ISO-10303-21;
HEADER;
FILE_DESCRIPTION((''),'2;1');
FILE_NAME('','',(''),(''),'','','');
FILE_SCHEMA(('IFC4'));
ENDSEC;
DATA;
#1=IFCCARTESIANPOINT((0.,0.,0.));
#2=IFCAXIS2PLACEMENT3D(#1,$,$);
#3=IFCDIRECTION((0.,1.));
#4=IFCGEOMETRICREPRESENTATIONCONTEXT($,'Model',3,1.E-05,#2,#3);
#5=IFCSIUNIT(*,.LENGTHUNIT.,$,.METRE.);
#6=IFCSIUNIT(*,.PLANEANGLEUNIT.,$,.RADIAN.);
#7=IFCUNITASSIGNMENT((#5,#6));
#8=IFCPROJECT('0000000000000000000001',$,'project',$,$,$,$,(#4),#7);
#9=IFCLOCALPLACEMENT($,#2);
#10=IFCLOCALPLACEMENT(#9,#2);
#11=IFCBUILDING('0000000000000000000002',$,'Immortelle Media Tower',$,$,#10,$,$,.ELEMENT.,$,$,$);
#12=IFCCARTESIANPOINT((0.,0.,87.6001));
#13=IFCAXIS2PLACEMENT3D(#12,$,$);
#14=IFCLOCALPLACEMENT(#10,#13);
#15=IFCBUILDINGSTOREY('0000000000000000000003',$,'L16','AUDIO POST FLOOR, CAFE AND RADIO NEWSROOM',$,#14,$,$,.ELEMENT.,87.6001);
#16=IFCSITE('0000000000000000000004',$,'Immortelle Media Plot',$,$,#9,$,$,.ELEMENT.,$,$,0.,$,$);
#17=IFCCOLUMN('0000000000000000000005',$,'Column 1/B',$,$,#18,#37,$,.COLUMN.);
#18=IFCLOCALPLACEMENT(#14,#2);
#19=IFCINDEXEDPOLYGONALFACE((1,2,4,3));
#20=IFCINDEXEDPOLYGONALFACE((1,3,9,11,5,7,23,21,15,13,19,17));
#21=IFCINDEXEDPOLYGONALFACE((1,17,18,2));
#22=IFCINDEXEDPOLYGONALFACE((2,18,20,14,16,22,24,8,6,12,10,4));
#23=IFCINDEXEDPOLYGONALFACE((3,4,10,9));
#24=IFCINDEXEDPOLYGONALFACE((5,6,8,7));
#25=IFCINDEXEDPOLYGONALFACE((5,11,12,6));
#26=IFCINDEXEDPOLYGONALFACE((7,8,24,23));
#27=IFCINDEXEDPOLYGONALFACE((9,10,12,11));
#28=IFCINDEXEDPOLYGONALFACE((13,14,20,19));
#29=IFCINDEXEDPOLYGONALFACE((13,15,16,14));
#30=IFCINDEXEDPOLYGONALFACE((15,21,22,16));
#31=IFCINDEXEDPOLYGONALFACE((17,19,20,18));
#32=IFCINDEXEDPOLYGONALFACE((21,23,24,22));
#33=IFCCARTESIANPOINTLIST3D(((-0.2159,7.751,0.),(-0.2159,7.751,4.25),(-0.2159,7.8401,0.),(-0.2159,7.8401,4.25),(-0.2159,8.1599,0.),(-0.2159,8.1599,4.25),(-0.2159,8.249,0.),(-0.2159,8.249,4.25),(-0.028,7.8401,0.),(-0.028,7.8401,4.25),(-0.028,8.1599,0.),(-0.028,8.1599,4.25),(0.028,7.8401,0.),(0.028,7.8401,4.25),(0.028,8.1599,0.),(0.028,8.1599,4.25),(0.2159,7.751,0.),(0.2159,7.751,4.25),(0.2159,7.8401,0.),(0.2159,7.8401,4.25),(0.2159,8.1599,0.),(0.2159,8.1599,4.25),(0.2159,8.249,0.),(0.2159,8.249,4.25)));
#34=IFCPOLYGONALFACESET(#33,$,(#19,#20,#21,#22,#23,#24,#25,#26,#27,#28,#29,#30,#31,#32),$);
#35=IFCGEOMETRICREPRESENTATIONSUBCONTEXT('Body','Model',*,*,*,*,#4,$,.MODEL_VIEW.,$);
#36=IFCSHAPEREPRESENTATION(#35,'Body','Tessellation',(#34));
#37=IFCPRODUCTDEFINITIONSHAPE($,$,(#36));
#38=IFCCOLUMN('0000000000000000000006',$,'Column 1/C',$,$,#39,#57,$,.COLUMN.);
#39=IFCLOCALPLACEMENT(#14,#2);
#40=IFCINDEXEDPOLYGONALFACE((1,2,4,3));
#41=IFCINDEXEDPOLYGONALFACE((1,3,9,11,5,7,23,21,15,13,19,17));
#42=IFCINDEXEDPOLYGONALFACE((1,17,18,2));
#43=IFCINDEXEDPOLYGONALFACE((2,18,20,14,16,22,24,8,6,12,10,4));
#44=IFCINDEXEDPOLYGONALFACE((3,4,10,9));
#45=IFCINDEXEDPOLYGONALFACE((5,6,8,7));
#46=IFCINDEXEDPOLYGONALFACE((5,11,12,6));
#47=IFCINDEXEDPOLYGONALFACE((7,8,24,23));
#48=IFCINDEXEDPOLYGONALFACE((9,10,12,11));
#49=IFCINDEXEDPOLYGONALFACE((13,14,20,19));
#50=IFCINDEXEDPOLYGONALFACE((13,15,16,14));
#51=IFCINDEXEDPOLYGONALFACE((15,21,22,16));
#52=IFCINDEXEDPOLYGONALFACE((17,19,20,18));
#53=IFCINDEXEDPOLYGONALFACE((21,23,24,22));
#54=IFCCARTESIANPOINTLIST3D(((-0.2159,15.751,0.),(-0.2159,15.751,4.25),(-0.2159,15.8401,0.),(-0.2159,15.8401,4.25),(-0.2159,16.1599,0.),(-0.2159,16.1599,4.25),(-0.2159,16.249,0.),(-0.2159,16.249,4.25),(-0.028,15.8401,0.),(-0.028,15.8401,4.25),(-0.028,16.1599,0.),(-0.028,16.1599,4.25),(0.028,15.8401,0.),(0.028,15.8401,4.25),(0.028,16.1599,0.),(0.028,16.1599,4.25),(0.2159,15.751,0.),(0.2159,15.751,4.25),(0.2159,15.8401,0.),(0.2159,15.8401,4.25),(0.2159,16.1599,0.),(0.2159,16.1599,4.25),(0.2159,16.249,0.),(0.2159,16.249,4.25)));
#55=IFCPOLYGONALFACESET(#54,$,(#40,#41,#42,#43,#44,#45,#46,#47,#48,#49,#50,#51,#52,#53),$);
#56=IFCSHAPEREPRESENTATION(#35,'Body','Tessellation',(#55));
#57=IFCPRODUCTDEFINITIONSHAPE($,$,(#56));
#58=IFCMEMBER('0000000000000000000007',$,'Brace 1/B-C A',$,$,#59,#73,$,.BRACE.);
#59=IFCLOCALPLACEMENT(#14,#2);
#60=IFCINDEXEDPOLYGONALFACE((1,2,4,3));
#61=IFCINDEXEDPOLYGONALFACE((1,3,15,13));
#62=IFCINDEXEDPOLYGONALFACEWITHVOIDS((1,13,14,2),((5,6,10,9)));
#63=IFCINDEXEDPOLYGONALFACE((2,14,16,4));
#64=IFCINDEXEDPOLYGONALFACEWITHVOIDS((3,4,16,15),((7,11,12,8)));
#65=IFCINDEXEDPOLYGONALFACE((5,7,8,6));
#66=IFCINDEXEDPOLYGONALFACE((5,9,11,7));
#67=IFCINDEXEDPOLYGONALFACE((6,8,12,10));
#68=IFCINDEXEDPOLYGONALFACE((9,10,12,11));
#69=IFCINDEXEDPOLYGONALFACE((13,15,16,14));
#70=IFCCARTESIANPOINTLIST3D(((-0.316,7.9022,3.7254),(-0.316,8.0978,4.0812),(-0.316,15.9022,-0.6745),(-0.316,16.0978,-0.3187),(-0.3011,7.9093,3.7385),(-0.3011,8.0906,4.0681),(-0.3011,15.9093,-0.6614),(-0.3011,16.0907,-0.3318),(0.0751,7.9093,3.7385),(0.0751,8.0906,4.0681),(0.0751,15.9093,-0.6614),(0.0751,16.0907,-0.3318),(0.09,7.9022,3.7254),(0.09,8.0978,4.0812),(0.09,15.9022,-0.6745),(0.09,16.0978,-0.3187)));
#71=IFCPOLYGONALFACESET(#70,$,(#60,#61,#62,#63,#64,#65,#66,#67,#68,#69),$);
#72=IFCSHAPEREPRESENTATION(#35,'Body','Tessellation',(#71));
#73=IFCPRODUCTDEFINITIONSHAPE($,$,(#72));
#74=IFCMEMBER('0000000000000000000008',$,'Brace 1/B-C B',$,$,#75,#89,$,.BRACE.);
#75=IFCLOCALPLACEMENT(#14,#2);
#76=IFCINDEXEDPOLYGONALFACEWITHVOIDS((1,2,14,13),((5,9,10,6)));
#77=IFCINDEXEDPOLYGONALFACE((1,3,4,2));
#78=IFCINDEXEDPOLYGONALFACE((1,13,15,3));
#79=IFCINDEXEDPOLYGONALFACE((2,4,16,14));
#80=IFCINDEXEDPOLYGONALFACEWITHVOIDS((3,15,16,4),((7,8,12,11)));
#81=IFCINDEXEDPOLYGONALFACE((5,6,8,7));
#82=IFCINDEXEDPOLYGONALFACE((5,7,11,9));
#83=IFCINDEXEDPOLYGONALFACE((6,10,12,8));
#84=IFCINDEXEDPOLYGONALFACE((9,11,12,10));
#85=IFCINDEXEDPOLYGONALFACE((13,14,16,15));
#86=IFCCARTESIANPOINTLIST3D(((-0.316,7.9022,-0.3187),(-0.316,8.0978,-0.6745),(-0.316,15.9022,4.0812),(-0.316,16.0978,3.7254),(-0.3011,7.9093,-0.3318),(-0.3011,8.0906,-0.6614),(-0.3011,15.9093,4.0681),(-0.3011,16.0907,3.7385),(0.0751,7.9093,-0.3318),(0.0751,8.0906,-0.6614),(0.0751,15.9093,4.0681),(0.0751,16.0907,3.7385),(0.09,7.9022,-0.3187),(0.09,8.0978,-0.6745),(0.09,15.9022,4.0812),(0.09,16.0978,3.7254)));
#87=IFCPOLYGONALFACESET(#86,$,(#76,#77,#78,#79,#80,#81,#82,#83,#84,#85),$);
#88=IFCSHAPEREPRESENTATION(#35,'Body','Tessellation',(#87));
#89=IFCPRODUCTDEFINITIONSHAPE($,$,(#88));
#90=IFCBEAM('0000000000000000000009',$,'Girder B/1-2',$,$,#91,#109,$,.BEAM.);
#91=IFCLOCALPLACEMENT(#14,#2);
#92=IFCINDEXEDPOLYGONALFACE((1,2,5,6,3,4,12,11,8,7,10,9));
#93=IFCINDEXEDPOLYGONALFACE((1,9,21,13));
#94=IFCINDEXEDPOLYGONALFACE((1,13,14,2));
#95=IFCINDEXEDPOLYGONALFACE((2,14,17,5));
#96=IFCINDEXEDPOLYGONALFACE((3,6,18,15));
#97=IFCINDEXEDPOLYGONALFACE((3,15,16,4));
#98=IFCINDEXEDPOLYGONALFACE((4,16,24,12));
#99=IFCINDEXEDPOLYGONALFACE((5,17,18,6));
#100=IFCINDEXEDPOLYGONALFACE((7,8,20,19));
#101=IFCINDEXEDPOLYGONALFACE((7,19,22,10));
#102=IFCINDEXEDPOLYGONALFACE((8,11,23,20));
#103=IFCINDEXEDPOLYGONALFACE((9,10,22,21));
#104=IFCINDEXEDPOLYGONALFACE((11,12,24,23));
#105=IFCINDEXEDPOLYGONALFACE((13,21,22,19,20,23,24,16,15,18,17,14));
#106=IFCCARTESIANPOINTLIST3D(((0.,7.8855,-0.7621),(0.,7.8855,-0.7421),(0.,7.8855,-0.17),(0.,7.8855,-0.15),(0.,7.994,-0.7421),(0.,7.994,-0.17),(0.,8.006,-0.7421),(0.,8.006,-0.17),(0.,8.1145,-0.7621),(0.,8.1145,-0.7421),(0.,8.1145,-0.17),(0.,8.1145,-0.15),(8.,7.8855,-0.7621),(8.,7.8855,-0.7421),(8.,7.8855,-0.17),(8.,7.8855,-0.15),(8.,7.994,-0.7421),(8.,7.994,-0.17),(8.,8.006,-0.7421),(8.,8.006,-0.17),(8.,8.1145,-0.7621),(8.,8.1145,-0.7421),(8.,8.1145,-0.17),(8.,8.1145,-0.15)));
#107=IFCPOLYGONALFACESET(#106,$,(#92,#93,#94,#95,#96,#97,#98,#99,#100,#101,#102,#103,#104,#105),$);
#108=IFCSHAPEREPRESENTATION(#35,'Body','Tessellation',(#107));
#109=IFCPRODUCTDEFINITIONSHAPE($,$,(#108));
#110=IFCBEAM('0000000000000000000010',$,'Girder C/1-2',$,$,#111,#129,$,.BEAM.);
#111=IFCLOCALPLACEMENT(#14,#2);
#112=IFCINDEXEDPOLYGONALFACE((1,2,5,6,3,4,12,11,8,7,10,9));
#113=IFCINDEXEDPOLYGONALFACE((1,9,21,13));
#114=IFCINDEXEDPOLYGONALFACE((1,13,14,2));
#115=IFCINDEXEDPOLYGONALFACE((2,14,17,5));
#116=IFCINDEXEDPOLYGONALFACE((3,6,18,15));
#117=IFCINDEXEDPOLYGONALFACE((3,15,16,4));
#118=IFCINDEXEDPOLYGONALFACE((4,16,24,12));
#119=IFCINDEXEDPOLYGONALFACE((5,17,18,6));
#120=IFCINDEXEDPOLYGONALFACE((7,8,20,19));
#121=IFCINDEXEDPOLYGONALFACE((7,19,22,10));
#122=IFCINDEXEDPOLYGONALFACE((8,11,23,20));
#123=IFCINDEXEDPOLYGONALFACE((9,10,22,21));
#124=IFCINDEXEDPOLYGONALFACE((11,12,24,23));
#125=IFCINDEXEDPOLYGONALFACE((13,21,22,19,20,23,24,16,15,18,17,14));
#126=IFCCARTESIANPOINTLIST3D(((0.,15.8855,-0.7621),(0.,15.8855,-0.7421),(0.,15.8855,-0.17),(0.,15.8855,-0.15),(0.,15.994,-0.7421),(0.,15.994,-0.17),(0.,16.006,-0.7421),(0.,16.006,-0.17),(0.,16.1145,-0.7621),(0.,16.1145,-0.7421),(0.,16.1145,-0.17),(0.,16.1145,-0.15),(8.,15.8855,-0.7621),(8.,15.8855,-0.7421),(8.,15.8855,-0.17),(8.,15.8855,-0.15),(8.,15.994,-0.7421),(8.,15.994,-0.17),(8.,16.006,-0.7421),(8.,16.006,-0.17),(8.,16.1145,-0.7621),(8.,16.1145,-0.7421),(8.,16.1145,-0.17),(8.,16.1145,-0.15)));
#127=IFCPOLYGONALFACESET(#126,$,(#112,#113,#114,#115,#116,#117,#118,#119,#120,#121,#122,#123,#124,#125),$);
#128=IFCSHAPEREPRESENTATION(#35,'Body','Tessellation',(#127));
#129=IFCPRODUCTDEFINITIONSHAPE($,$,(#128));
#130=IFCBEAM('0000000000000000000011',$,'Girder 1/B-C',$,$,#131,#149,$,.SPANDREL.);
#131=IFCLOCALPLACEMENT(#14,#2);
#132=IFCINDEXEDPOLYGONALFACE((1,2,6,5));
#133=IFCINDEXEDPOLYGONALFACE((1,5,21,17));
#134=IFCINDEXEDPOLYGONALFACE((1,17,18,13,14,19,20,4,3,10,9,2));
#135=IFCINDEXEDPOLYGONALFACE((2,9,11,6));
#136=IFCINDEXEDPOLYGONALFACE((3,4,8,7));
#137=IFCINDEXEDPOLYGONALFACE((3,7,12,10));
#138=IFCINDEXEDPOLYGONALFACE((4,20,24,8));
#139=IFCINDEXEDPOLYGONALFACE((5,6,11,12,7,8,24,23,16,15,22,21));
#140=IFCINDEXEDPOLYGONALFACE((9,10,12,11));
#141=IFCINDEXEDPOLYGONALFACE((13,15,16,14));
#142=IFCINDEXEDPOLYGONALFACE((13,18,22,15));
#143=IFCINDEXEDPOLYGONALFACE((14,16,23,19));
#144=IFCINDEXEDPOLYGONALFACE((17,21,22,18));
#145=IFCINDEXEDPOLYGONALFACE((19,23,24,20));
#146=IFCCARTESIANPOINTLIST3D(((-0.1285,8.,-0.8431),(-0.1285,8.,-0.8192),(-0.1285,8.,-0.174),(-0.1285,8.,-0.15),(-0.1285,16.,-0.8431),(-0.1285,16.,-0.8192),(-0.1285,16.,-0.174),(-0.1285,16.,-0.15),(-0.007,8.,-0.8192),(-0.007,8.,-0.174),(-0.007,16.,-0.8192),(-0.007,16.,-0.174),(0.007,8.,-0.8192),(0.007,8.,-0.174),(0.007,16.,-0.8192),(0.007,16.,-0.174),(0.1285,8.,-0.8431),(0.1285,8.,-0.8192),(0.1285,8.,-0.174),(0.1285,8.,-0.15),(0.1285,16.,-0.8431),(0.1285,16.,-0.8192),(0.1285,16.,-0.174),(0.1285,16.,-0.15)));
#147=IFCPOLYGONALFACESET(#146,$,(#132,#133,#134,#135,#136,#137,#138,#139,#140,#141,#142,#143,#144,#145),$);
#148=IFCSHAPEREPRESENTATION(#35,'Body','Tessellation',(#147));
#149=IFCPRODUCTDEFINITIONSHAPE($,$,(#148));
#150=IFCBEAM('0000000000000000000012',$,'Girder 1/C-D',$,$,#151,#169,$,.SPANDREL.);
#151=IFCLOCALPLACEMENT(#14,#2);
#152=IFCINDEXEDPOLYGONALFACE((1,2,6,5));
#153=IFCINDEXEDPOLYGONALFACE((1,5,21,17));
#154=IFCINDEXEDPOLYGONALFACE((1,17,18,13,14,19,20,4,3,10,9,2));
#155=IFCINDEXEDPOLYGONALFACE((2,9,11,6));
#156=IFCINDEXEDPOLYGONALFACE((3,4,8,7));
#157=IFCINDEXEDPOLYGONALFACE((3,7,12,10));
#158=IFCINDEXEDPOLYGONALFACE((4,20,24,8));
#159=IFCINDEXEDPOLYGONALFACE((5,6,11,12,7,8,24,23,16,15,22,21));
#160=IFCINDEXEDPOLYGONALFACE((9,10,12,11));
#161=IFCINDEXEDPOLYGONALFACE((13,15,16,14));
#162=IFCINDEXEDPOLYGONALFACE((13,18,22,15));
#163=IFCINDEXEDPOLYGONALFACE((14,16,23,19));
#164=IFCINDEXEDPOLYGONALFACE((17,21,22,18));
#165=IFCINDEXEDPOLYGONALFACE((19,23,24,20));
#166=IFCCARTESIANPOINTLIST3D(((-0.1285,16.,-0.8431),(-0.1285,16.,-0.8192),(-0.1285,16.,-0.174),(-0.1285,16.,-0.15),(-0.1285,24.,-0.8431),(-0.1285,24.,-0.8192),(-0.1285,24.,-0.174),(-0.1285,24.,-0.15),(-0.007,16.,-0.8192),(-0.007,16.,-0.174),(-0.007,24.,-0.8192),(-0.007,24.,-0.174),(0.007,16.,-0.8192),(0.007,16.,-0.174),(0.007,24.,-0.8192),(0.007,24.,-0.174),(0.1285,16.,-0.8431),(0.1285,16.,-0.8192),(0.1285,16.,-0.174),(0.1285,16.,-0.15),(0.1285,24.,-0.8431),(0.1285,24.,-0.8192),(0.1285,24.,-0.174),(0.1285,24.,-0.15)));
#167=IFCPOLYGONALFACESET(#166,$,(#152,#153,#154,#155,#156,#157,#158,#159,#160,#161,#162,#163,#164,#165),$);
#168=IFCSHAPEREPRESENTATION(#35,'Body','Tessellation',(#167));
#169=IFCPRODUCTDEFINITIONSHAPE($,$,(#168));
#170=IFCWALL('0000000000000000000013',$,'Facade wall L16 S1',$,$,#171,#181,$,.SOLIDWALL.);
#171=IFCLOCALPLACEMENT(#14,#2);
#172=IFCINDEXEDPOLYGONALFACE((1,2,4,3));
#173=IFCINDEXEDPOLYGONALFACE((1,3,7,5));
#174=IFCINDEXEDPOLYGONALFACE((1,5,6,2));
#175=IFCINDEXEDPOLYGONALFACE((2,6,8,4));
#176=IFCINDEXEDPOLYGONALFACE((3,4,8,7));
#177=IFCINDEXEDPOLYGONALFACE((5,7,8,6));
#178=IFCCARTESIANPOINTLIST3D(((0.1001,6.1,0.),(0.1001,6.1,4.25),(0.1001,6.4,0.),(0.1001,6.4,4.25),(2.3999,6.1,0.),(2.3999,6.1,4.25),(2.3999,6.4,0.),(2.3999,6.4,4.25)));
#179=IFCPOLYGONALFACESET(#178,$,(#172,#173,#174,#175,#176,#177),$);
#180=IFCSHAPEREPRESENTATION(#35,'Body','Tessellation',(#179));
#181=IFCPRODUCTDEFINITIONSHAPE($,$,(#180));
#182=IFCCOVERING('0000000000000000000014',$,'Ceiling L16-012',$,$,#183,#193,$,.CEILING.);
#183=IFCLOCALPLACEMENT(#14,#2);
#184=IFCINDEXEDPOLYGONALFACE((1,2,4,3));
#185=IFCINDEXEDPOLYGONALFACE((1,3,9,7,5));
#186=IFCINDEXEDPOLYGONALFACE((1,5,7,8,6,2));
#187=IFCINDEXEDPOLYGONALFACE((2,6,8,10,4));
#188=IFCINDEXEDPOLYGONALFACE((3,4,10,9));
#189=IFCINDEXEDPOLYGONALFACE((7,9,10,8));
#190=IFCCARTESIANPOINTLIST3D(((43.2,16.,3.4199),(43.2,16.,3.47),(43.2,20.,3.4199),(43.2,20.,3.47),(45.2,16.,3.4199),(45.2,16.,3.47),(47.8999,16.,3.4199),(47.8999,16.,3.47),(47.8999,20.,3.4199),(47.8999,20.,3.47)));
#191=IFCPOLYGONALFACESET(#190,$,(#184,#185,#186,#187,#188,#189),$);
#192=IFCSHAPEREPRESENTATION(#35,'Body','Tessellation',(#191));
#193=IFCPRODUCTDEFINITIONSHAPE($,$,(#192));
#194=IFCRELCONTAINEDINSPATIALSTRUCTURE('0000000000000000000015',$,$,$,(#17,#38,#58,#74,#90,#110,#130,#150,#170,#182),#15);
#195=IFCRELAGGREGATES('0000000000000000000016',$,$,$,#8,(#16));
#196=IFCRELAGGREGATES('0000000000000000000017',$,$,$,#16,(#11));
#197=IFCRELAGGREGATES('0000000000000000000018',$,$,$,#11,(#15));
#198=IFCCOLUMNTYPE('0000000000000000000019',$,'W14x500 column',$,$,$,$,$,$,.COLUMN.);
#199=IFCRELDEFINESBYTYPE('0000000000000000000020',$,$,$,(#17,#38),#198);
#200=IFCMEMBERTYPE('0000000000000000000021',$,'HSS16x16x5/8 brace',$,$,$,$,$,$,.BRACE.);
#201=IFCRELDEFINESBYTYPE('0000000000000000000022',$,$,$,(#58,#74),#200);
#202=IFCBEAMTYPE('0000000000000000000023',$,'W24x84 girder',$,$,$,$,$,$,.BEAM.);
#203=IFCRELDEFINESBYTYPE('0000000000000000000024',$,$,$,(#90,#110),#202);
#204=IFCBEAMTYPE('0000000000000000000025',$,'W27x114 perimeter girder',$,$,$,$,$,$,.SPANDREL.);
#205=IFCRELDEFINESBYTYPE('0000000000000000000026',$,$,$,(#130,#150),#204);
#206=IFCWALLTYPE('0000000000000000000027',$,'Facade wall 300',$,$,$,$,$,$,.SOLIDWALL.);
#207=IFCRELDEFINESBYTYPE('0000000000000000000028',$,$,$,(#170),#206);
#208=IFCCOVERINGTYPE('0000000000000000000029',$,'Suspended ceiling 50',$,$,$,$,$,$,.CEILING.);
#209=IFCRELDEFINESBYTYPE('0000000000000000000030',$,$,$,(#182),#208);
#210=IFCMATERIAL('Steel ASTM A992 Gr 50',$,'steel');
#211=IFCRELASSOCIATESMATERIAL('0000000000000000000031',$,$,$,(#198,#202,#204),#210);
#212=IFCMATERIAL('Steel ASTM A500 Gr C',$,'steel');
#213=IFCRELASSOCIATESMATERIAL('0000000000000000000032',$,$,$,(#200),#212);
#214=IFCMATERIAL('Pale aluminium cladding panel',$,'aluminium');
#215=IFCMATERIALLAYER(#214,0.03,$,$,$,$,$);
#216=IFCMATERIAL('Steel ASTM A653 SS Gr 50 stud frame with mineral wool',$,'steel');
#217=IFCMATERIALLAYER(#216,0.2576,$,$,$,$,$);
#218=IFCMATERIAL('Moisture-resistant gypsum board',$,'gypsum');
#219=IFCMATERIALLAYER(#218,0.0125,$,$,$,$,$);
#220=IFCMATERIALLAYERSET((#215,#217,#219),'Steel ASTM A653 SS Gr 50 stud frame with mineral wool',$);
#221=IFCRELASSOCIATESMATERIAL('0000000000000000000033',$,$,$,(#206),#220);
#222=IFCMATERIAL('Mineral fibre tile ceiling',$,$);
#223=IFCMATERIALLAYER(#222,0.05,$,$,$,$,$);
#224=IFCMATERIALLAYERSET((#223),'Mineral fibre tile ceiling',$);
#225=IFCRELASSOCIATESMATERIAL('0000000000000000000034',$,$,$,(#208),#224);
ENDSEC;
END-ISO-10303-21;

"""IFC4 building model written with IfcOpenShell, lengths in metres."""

from ifc_helpers import new_model, si_unit, direction, frame, frame_2d, origin, origin_2d, place, context, subcontext, project, spatial, polyline, rectangle, hollow_rectangle, i_section, outline, extrude, material, layer, layer_set, material_profile, profile_set, type_object, element, save


model = new_model("IFC4")

# Units and contexts
model_context = context("Model", 3, precision=1e-05, world=origin(), true_north=direction((0.0, 1.0)))
body_context = subcontext(model_context, "Body", "Model", "MODEL_VIEW")
ifc_project = project(units=[si_unit("LENGTHUNIT", "METRE"), si_unit("PLANEANGLEUNIT", "RADIAN")], contexts=[model_context])

# Site, building, storey
site_placement = place(None, origin())
site = spatial("IfcSite", under=ifc_project, at=site_placement, Name="Immortelle Media Plot", CompositionType="ELEMENT", RefElevation=0.0)
building_placement = place(site_placement, origin())
building = spatial("IfcBuilding", under=site, at=building_placement, Name="Immortelle Media Tower", CompositionType="ELEMENT")
storey_placement = place(building_placement, frame((0.0, 0.0, 87.6001)))
storey = spatial("IfcBuildingStorey", under=building, at=storey_placement, Name="L16", Description="AUDIO POST FLOOR, CAFE AND RADIO NEWSROOM", CompositionType="ELEMENT", Elevation=87.6001)

# Columns
ifc_material_1 = material(Name="Steel ASTM A992 Gr 50", Category="steel")
ifc_material_profile_1 = material_profile(ifc_material_1, i_section(OverallWidth=0.4319, OverallDepth=0.498, WebThickness=0.0559, FlangeThickness=0.0891, at=origin_2d()), Name="W14x500")
ifc_profile_set_1 = profile_set([ifc_material_profile_1], Name="Steel ASTM A992 Gr 50")
column_type = type_object("IfcColumnType", Name="W14x500 column", PredefinedType="COLUMN", material=ifc_profile_set_1)
for number, where, z_axis, x_axis, name in (
    (1, (0.0, 8.0, 0.0), (0.0, 0.0, 1.0), (1.0, 0.0, 0.0), "Column 1/B"),
    (2, (0.0, 16.0, 0.0), (0.0, 0.0, 1.0), (1.0, 0.0, 0.0), "Column 1/C"),
):
    element("IfcColumn", number, at=place(storey_placement, frame(where, z_axis=z_axis, x_axis=x_axis)), inside=storey, type_object=column_type, Name=name, PredefinedType="COLUMN", context=body_context, shape_type="SweptSolid", body=[
        extrude(i_section(OverallWidth=0.4319, OverallDepth=0.498, WebThickness=0.0559, FlangeThickness=0.0891, at=origin_2d()), origin(), (0.0, 0.0, 1.0), 4.25),
    ])

# Members
ifc_material_2 = material(Name="Steel ASTM A500 Gr C", Category="steel")
ifc_material_profile_2 = material_profile(ifc_material_2, hollow_rectangle(XDim=0.406, YDim=0.406, WallThickness=0.0149, at=origin_2d()), Name="HSS16x16x5/8 brace")
ifc_profile_set_2 = profile_set([ifc_material_profile_2], Name="Steel ASTM A500 Gr C")
member_type = type_object("IfcMemberType", Name="HSS16x16x5/8 brace", PredefinedType="BRACE", material=ifc_profile_set_2)
for number, where, z_axis, x_axis, name in (
    (3, (-0.113, 16.0, -0.4966), (0.0, -0.87622, 0.481911), (1.0, 0.0, 0.0), "Brace 1/B-C A"),
    (4, (-0.113, 16.0, 3.9033), (0.0, -0.87622, -0.481911), (1.0, 0.0, 0.0), "Brace 1/B-C B"),
):
    element("IfcMember", number, at=place(storey_placement, frame(where, z_axis=z_axis, x_axis=x_axis)), inside=storey, type_object=member_type, Name=name, PredefinedType="BRACE", context=body_context, shape_type="SweptSolid", body=[
        extrude(hollow_rectangle(XDim=0.406, YDim=0.406, WallThickness=0.0149, at=origin_2d()), origin(), (0.0, 0.0, 1.0), 9.1301),
    ])

# Beams
ifc_material_profile_3 = material_profile(ifc_material_1, i_section(OverallWidth=0.229, OverallDepth=0.6121, WebThickness=0.012, FlangeThickness=0.02, at=origin_2d()), Name="W24x84")
ifc_profile_set_3 = profile_set([ifc_material_profile_3], Name="Steel ASTM A992 Gr 50")
beam_type_1 = type_object("IfcBeamType", Name="W24x84 girder", PredefinedType="BEAM", material=ifc_profile_set_3)
for number, where, z_axis, x_axis, name in (
    (5, (0.0, 8.0, -0.4561), (1.0, 0.0, 0.0), (0.0, 1.0, 0.0), "Girder B/1-2"),
    (6, (0.0, 16.0, -0.4561), (1.0, 0.0, 0.0), (0.0, 1.0, 0.0), "Girder C/1-2"),
):
    element("IfcBeam", number, at=place(storey_placement, frame(where, z_axis=z_axis, x_axis=x_axis)), inside=storey, type_object=beam_type_1, Name=name, PredefinedType="BEAM", context=body_context, shape_type="SweptSolid", body=[
        extrude(i_section(OverallWidth=0.229, OverallDepth=0.6121, WebThickness=0.012, FlangeThickness=0.02, at=origin_2d()), origin(), (0.0, 0.0, 1.0), 8.0),
    ])
ifc_material_profile_4 = material_profile(ifc_material_1, i_section(OverallWidth=0.2571, OverallDepth=0.6931, WebThickness=0.0139, FlangeThickness=0.0239, at=origin_2d()), Name="W27x114")
ifc_profile_set_4 = profile_set([ifc_material_profile_4], Name="Steel ASTM A992 Gr 50")
beam_type_2 = type_object("IfcBeamType", Name="W27x114 perimeter girder", PredefinedType="SPANDREL", material=ifc_profile_set_4)
for number, where, z_axis, x_axis, name in (
    (7, (0.0, 8.0, -0.4966), (0.0, 1.0, 0.0), (-1.0, 0.0, 0.0), "Girder 1/B-C"),
    (8, (0.0, 16.0, -0.4966), (0.0, 1.0, 0.0), (-1.0, 0.0, 0.0), "Girder 1/C-D"),
):
    element("IfcBeam", number, at=place(storey_placement, frame(where, z_axis=z_axis, x_axis=x_axis)), inside=storey, type_object=beam_type_2, Name=name, PredefinedType="SPANDREL", context=body_context, shape_type="SweptSolid", body=[
        extrude(i_section(OverallWidth=0.2571, OverallDepth=0.6931, WebThickness=0.0139, FlangeThickness=0.0239, at=origin_2d()), origin(), (0.0, 0.0, 1.0), 8.0),
    ])

# Wall
ifc_material_3 = material(Name="Pale aluminium cladding panel", Category="aluminium")
ifc_layer_1 = layer(ifc_material_3, 0.03)
ifc_material_4 = material(Name="Steel ASTM A653 SS Gr 50 stud frame with mineral wool", Category="steel")
ifc_layer_2 = layer(ifc_material_4, 0.2576)
ifc_material_5 = material(Name="Moisture-resistant gypsum board", Category="gypsum")
ifc_layer_3 = layer(ifc_material_5, 0.0125)
ifc_layer_set_1 = layer_set([ifc_layer_1, ifc_layer_2, ifc_layer_3], Name="Steel ASTM A653 SS Gr 50 stud frame with mineral wool")
wall_type = type_object("IfcWallType", Name="Facade wall 300", PredefinedType="SOLIDWALL", material=ifc_layer_set_1)
wall_placement = place(storey_placement, frame((0.1001, 6.25, 0.0), z_axis=(0.0, 0.0, 1.0), x_axis=(1.0, 0.0, 0.0)))
element("IfcWall", 9, at=wall_placement, inside=storey, type_object=wall_type, Name="Facade wall L16 S1", PredefinedType="SOLIDWALL", context=body_context, shape_type="SweptSolid", body=[
    extrude(rectangle(XDim=2.2998, YDim=0.3, at=frame_2d((1.1499, 0.0))), origin(), (0.0, 0.0, 1.0), 4.25),
])

# Covering
ifc_material_6 = material(Name="Mineral fibre tile ceiling")
ifc_layer_4 = layer(ifc_material_6, 0.05)
ifc_layer_set_2 = layer_set([ifc_layer_4], Name="Mineral fibre tile ceiling")
covering_type = type_object("IfcCoveringType", Name="Suspended ceiling 50", PredefinedType="CEILING", material=ifc_layer_set_2)
covering_1_placement = place(storey_placement, frame((0.0, 0.0, 3.4199)))
element("IfcCovering", 10, at=covering_1_placement, inside=storey, type_object=covering_type, Name="Ceiling L16-012", PredefinedType="CEILING", context=body_context, shape_type="SweptSolid", body=[
    extrude(outline(polyline([(43.2, 20.0), (47.8999, 20.0), (47.8999, 16.0), (45.2, 16.0), (43.2, 16.0), (43.2, 20.0)])), origin(), (0.0, 0.0, 1.0), 0.05),
])

save(model, "model.ifc")
